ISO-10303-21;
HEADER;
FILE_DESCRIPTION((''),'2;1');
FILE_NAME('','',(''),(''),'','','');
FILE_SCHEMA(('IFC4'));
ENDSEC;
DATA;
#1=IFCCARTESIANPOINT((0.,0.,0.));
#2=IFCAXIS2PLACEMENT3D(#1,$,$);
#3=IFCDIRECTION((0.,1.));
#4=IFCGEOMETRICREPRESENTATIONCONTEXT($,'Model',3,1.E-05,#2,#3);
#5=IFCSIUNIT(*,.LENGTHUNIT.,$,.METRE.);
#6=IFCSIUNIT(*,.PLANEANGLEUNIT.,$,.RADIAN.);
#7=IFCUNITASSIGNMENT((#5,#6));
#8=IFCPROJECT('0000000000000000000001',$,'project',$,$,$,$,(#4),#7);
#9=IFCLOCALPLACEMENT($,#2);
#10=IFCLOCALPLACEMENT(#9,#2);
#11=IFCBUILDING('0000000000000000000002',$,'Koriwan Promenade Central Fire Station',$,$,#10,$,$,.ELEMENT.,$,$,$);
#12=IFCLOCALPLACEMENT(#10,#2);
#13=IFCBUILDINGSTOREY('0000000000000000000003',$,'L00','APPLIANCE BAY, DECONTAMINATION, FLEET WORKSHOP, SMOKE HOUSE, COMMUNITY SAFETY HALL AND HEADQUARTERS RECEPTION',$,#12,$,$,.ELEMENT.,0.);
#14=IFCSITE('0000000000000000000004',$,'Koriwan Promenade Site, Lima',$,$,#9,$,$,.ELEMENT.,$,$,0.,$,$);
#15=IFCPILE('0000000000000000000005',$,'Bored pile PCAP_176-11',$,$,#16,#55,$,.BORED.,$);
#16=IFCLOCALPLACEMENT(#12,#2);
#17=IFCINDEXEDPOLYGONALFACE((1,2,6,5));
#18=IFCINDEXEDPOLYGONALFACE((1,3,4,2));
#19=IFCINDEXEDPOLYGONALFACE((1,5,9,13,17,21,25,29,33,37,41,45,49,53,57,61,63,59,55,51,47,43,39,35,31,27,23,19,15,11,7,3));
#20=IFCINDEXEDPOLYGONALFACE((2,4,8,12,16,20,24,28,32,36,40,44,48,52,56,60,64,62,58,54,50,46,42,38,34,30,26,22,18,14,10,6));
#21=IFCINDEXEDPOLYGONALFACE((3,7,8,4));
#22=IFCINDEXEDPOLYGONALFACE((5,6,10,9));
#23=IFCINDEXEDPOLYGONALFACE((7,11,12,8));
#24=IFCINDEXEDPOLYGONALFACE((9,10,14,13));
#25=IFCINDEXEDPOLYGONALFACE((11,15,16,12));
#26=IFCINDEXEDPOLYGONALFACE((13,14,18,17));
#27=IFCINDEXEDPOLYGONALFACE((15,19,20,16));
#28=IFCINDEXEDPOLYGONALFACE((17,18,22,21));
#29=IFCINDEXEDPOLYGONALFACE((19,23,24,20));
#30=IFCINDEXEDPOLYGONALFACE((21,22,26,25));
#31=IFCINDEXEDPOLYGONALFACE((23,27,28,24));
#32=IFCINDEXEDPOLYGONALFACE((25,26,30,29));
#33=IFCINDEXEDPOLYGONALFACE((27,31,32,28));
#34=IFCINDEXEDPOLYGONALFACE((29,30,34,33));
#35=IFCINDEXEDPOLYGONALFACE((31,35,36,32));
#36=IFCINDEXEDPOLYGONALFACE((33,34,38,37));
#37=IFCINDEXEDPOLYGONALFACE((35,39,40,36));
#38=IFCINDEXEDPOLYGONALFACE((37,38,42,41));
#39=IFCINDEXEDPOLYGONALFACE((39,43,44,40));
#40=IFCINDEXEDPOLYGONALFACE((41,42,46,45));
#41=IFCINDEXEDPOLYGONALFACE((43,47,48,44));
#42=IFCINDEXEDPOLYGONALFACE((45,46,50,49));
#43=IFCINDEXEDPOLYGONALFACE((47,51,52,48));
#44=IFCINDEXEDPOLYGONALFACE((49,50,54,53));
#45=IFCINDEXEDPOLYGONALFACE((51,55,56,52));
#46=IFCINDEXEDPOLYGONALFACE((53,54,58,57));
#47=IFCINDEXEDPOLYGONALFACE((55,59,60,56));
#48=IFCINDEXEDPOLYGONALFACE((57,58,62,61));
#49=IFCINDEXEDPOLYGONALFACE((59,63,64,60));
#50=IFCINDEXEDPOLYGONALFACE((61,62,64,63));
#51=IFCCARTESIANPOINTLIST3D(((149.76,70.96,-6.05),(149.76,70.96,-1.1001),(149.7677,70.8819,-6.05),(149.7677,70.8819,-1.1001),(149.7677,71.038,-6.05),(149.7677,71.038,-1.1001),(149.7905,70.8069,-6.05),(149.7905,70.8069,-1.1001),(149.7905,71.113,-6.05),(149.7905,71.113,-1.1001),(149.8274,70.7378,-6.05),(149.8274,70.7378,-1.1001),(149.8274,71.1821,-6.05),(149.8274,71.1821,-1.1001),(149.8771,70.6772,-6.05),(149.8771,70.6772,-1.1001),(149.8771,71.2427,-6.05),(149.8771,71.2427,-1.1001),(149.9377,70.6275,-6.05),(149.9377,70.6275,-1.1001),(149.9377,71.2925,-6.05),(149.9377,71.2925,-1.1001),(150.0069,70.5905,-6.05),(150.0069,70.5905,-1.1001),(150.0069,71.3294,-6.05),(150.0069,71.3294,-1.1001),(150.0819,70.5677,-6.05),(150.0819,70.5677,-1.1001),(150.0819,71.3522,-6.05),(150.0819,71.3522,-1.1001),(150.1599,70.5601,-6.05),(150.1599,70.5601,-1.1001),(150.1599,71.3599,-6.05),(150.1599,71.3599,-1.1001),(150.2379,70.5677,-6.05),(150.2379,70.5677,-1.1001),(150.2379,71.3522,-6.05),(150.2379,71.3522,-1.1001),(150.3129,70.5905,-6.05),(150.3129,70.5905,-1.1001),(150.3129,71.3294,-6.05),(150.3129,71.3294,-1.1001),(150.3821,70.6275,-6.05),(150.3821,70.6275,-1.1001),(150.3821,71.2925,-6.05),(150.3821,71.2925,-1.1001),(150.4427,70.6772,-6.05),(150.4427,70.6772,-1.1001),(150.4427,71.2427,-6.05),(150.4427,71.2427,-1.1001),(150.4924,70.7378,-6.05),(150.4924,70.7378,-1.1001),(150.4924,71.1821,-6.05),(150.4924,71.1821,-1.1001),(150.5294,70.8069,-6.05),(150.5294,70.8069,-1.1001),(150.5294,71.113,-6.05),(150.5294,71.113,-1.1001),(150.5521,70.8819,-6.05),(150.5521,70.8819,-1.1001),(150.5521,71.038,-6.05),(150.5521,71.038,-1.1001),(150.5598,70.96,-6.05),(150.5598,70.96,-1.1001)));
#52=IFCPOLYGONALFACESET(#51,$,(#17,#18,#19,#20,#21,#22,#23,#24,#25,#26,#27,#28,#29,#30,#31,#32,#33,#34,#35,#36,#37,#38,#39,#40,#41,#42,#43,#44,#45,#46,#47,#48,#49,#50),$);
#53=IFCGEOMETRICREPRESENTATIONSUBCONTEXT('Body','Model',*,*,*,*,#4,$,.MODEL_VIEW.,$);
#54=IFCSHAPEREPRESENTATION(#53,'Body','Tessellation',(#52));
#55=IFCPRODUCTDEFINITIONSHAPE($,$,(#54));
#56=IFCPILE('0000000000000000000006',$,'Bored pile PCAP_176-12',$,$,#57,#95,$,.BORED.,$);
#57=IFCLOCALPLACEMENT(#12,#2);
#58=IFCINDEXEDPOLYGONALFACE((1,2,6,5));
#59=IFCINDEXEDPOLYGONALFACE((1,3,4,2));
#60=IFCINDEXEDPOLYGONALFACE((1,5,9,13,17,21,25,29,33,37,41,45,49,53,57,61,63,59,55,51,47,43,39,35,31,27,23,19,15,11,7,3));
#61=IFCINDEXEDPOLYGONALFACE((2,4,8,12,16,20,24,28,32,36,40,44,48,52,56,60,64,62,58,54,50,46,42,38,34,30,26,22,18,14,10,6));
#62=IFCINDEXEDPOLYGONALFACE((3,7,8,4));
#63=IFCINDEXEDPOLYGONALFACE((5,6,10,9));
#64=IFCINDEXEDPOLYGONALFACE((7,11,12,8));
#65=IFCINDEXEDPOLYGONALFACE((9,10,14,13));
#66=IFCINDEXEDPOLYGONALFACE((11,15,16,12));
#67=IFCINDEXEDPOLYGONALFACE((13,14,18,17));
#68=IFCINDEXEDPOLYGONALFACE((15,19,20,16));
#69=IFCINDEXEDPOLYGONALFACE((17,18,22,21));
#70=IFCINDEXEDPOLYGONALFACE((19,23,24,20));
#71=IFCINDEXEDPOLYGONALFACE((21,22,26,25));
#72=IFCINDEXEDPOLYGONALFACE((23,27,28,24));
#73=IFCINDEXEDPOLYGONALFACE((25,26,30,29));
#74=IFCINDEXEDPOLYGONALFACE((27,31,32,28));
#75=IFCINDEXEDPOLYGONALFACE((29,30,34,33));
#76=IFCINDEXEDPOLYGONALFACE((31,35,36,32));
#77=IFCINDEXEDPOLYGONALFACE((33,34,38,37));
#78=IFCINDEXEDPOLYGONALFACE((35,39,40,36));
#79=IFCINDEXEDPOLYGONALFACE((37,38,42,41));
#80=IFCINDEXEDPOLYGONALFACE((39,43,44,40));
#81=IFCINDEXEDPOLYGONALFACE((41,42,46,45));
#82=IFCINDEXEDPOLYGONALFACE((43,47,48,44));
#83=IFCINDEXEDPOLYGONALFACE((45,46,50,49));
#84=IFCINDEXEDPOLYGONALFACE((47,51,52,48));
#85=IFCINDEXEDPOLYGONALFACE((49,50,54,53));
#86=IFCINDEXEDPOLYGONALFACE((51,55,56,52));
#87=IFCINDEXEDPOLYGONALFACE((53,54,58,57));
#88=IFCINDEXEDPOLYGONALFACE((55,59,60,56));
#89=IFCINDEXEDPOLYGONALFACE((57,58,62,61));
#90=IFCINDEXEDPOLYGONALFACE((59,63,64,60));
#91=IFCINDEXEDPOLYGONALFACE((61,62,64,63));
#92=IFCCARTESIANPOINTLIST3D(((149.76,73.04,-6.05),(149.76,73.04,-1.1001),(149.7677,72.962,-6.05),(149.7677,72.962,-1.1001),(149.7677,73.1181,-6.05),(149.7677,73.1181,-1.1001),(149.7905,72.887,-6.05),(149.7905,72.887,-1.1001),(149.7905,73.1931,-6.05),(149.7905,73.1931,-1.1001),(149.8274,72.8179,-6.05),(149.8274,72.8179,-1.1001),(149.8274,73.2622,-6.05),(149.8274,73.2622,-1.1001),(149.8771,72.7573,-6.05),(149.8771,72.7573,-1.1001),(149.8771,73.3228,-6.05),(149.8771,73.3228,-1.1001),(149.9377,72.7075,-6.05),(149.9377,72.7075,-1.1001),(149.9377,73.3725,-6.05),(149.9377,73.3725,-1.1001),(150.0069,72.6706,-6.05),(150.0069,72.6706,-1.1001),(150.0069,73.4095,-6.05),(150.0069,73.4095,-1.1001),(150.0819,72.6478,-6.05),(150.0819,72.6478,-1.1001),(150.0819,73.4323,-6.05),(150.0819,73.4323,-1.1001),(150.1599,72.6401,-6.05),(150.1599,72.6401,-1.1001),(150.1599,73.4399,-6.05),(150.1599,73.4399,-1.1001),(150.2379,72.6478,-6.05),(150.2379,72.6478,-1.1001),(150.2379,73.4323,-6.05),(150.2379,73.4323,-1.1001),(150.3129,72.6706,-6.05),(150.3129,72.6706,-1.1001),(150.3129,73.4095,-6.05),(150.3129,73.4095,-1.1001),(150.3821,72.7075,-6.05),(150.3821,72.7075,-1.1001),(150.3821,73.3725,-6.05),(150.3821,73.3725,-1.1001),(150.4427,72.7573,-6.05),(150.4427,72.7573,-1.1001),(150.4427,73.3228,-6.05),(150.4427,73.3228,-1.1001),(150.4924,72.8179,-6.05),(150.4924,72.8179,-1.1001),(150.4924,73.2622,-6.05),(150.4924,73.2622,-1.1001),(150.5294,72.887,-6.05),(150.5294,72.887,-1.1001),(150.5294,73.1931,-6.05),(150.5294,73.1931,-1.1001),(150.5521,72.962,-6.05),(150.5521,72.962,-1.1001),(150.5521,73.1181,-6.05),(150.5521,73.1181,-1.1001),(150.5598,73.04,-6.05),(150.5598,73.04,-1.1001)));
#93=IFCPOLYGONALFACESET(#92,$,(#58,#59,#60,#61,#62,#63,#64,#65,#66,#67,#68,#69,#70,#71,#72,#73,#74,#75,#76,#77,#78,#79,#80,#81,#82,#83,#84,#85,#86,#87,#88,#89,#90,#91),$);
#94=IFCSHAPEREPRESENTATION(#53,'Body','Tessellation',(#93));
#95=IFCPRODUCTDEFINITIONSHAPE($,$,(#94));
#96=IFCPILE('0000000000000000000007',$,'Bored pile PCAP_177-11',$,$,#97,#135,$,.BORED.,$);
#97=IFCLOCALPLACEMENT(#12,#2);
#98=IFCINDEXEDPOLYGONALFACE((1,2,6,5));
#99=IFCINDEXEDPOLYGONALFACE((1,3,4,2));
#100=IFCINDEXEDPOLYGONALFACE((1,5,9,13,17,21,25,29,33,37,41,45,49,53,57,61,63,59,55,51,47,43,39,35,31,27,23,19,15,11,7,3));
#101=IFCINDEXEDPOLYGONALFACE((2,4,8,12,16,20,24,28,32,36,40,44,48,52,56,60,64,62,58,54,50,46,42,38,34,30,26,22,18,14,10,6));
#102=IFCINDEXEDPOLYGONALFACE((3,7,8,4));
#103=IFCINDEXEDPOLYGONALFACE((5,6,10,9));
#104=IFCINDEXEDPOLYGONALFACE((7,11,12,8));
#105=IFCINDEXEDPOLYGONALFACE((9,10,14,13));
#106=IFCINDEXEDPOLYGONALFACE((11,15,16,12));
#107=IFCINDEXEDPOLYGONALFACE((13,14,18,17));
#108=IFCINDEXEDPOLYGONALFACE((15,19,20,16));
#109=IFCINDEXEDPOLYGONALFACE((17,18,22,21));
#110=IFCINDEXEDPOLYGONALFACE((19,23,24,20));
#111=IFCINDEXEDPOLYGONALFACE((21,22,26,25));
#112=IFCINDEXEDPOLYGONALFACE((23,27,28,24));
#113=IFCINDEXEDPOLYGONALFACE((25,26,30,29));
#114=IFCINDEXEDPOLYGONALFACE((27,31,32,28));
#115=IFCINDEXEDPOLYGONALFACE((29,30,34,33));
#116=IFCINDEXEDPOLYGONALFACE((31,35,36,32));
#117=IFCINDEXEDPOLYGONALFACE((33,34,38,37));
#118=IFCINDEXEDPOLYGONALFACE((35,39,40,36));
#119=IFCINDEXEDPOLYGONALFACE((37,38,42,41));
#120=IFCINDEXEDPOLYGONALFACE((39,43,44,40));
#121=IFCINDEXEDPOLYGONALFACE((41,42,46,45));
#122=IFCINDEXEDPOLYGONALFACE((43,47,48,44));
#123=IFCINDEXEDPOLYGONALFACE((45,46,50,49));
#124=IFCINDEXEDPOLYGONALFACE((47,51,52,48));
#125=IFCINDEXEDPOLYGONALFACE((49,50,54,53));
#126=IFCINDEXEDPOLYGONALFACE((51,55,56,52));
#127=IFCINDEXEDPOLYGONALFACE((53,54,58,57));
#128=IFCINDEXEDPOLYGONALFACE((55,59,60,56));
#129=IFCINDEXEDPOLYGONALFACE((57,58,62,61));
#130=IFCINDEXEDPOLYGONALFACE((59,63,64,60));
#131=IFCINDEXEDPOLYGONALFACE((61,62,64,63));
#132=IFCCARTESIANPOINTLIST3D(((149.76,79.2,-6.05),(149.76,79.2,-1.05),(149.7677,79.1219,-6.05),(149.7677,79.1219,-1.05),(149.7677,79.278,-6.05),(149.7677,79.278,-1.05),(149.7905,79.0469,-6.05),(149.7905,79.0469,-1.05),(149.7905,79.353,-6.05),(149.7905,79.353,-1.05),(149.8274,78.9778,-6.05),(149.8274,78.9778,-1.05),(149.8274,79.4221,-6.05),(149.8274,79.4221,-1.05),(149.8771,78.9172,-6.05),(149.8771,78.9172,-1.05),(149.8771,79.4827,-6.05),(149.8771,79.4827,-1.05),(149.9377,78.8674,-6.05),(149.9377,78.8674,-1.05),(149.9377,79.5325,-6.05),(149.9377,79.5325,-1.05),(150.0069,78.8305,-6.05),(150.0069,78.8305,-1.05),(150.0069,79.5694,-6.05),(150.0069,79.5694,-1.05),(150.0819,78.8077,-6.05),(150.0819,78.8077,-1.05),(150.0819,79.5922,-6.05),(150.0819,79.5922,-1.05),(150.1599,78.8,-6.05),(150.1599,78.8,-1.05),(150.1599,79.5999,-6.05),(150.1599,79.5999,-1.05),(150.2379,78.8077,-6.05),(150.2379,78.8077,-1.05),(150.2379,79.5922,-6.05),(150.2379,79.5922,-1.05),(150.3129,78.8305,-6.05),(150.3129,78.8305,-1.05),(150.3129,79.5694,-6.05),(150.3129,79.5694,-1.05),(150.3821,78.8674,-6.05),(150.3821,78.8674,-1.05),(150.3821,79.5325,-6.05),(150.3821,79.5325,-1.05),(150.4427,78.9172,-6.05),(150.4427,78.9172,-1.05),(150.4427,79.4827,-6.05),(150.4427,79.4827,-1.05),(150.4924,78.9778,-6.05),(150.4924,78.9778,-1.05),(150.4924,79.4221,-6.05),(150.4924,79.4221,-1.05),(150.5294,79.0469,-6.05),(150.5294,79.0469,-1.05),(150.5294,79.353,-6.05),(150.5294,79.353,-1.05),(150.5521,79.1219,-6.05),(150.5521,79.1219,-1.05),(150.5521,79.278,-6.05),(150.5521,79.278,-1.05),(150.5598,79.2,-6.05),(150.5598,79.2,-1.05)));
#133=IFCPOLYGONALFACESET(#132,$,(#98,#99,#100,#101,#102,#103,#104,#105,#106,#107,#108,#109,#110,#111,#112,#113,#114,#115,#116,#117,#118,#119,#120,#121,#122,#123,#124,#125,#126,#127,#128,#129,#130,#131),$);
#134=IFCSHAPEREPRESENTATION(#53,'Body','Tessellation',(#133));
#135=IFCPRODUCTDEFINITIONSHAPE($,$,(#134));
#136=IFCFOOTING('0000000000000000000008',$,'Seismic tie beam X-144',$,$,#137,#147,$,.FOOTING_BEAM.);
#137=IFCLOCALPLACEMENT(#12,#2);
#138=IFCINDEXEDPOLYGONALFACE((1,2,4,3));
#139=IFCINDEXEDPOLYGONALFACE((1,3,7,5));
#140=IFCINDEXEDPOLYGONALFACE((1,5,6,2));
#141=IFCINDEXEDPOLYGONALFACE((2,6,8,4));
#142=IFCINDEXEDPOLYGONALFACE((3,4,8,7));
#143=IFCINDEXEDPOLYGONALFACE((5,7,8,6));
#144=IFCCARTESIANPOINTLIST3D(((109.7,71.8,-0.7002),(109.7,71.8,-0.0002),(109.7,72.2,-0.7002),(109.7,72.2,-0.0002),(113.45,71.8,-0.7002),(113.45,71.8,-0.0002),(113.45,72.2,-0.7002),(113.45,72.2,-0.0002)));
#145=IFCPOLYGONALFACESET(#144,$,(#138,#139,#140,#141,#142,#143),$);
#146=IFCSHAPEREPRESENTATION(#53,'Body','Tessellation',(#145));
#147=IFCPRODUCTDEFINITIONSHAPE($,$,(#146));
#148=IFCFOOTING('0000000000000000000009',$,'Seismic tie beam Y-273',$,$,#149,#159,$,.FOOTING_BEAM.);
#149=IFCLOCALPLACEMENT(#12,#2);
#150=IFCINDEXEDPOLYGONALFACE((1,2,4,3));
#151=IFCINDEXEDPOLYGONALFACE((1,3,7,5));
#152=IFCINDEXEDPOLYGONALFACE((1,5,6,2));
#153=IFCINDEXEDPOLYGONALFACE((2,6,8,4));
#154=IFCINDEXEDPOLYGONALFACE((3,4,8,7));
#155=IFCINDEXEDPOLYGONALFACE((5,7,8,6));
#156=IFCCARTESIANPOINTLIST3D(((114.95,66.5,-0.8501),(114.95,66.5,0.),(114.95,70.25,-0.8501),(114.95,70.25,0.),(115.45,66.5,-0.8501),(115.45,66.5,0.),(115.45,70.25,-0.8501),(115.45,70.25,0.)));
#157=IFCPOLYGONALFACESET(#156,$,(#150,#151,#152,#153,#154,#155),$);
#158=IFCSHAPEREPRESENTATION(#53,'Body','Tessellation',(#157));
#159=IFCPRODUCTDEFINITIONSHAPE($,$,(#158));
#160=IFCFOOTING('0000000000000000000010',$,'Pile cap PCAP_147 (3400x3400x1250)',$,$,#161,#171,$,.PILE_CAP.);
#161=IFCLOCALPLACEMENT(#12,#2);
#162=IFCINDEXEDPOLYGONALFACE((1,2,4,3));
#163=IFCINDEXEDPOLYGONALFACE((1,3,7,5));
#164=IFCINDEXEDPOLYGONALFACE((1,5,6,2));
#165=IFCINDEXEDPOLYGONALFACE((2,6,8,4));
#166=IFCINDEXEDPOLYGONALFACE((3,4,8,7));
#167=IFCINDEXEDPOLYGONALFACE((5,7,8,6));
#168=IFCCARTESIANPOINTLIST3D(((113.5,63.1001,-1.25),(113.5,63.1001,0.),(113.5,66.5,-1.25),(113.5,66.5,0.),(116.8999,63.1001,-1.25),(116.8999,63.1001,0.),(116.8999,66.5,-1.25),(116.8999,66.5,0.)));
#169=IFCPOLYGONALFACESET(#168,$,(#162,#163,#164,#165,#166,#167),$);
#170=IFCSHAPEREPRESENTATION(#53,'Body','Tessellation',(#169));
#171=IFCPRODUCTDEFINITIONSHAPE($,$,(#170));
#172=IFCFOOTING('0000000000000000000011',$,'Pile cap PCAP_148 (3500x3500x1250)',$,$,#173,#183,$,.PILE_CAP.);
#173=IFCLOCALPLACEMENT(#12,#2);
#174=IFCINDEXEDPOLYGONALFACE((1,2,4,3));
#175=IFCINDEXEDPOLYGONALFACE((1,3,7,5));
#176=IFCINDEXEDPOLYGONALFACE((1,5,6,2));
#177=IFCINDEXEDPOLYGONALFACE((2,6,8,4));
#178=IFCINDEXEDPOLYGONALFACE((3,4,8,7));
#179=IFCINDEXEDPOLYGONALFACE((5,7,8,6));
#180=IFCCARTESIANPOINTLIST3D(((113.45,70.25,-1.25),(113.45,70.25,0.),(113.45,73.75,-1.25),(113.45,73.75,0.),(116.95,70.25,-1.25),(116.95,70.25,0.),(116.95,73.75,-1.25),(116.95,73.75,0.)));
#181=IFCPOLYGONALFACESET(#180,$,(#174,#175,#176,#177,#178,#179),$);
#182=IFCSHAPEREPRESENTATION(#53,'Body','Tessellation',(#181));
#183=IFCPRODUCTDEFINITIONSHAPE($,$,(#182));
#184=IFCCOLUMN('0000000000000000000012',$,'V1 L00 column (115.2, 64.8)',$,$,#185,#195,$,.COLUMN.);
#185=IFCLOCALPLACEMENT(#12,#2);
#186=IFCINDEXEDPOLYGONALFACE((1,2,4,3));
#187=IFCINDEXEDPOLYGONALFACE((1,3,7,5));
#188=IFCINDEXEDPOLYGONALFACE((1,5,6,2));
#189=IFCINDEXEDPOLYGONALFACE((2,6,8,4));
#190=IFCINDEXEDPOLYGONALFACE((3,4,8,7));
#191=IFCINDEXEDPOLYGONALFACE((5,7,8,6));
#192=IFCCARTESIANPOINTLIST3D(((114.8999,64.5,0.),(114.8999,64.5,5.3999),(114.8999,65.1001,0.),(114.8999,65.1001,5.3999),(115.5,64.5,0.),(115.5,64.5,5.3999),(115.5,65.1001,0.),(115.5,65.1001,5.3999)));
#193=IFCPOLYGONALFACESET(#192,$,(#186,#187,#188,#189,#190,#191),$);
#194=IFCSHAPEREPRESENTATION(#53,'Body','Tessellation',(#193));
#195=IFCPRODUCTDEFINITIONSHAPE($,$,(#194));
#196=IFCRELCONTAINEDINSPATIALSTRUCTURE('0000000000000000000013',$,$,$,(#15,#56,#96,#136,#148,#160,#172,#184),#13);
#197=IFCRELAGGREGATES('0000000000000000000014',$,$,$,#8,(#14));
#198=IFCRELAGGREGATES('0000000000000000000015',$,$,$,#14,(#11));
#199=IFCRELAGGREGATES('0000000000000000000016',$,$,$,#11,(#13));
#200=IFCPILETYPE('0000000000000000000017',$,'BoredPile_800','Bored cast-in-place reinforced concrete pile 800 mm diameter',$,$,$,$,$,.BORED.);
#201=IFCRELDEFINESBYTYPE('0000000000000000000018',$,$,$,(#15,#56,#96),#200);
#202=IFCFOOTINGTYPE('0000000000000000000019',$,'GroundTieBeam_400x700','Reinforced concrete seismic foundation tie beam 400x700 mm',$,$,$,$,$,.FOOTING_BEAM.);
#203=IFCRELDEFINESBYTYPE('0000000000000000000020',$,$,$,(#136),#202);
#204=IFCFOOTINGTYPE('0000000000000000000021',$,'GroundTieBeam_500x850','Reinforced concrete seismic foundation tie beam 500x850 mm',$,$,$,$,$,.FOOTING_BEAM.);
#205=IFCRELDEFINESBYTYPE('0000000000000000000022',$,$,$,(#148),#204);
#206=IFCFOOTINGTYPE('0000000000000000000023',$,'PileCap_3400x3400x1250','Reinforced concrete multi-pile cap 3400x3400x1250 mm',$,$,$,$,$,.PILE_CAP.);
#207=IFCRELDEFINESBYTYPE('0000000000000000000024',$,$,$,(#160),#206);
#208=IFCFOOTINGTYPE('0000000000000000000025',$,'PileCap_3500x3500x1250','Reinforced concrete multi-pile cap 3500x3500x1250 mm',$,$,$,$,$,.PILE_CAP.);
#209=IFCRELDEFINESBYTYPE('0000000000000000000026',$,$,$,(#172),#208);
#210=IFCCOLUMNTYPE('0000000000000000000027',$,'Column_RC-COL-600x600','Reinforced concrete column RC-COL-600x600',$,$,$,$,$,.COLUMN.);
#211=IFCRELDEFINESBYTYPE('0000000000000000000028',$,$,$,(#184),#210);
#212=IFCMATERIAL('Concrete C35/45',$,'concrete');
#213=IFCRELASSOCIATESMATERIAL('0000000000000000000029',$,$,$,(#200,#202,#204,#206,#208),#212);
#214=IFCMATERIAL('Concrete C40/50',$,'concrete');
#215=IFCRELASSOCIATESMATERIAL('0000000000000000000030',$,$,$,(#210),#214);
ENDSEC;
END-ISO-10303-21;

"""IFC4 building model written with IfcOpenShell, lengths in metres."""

from ifc_helpers import new_model, si_unit, direction, frame, origin, origin_2d, place, context, subcontext, project, spatial, rectangle, circle, extrude, material, material_profile, profile_set, type_object, element, save


model = new_model("IFC4")

# Units and contexts
model_context = context("Model", 3, precision=1e-05, world=origin(), true_north=direction((0.0, 1.0)))
body_context = subcontext(model_context, "Body", "Model", "MODEL_VIEW")
ifc_project = project(units=[si_unit("LENGTHUNIT", "METRE"), si_unit("PLANEANGLEUNIT", "RADIAN")], contexts=[model_context])

# Site, building, storey
site_placement = place(None, origin())
site = spatial("IfcSite", under=ifc_project, at=site_placement, Name="Koriwan Promenade Site, Lima", CompositionType="ELEMENT", RefElevation=0.0)
building_placement = place(site_placement, origin())
building = spatial("IfcBuilding", under=site, at=building_placement, Name="Koriwan Promenade Central Fire Station", CompositionType="ELEMENT")
storey_placement = place(building_placement, origin())
storey = spatial("IfcBuildingStorey", under=building, at=storey_placement, Name="L00", Description="APPLIANCE BAY, DECONTAMINATION, FLEET WORKSHOP, SMOKE HOUSE, COMMUNITY SAFETY HALL AND HEADQUARTERS RECEPTION", CompositionType="ELEMENT", Elevation=0.0)

# Piles
ifc_material_1 = material(Name="Concrete C35/45", Category="concrete")
ifc_material_profile_1 = material_profile(ifc_material_1, circle(Radius=0.3999, at=origin_2d()), Name="PILE-D800")
ifc_profile_set_1 = profile_set([ifc_material_profile_1], Name="Concrete C35/45")
pile_type = type_object("IfcPileType", Name="BoredPile_800", Description="Bored cast-in-place reinforced concrete pile 800 mm diameter", PredefinedType="BORED", material=ifc_profile_set_1)
for number, where, z_axis, x_axis, name in (
    (1, (150.1599, 70.96, -1.1001), (0.0, 0.0, -1.0), (1.0, 0.0, 0.0), "Bored pile PCAP_176-11"),
    (2, (150.1599, 73.04, -1.1001), (0.0, 0.0, -1.0), (1.0, 0.0, 0.0), "Bored pile PCAP_176-12"),
):
    element("IfcPile", number, at=place(storey_placement, frame(where, z_axis=z_axis, x_axis=x_axis)), inside=storey, type_object=pile_type, Name=name, PredefinedType="BORED", context=body_context, shape_type="SweptSolid", body=[
        extrude(circle(Radius=0.3999, at=origin_2d()), origin(), (0.0, 0.0, 1.0), 4.95),
    ])
pile_placement = place(storey_placement, frame((150.1599, 79.2, -1.05), z_axis=(0.0, 0.0, -1.0), x_axis=(1.0, 0.0, 0.0)))
element("IfcPile", 3, at=pile_placement, inside=storey, type_object=pile_type, Name="Bored pile PCAP_177-11", PredefinedType="BORED", context=body_context, shape_type="SweptSolid", body=[
    extrude(circle(Radius=0.3999, at=origin_2d()), origin(), (0.0, 0.0, 1.0), 5.0),
])

# Footings
footing_type_1 = type_object("IfcFootingType", Name="GroundTieBeam_400x700", Description="Reinforced concrete seismic foundation tie beam 400x700 mm", PredefinedType="FOOTING_BEAM", material=ifc_material_1)
footing_1_placement = place(storey_placement, frame((111.575, 72.0, -0.7002), z_axis=(0.0, 0.0, 1.0), x_axis=(1.0, 0.0, 0.0)))
element("IfcFooting", 4, at=footing_1_placement, inside=storey, type_object=footing_type_1, Name="Seismic tie beam X-144", PredefinedType="FOOTING_BEAM", context=body_context, shape_type="SweptSolid", body=[
    extrude(rectangle(XDim=3.75, YDim=0.3999, at=origin_2d()), origin(), (0.0, 0.0, 1.0), 0.7),
])
footing_type_2 = type_object("IfcFootingType", Name="GroundTieBeam_500x850", Description="Reinforced concrete seismic foundation tie beam 500x850 mm", PredefinedType="FOOTING_BEAM", material=ifc_material_1)
footing_2_placement = place(storey_placement, frame((115.2, 68.375, -0.8501), z_axis=(0.0, 0.0, 1.0), x_axis=(0.0, 1.0, 0.0)))
element("IfcFooting", 5, at=footing_2_placement, inside=storey, type_object=footing_type_2, Name="Seismic tie beam Y-273", PredefinedType="FOOTING_BEAM", context=body_context, shape_type="SweptSolid", body=[
    extrude(rectangle(XDim=3.75, YDim=0.5, at=origin_2d()), origin(), (0.0, 0.0, 1.0), 0.8501),
])
footing_type_3 = type_object("IfcFootingType", Name="PileCap_3400x3400x1250", Description="Reinforced concrete multi-pile cap 3400x3400x1250 mm", PredefinedType="PILE_CAP", material=ifc_material_1)
footing_3_placement = place(storey_placement, frame((115.2, 64.8, -1.25), z_axis=(0.0, 0.0, 1.0), x_axis=(1.0, 0.0, 0.0)))
element("IfcFooting", 6, at=footing_3_placement, inside=storey, type_object=footing_type_3, Name="Pile cap PCAP_147 (3400x3400x1250)", PredefinedType="PILE_CAP", context=body_context, shape_type="SweptSolid", body=[
    extrude(rectangle(XDim=3.3999, YDim=3.3999, at=origin_2d()), origin(), (0.0, 0.0, 1.0), 1.25),
])
footing_type_4 = type_object("IfcFootingType", Name="PileCap_3500x3500x1250", Description="Reinforced concrete multi-pile cap 3500x3500x1250 mm", PredefinedType="PILE_CAP", material=ifc_material_1)
footing_4_placement = place(storey_placement, frame((115.2, 72.0, -1.25), z_axis=(0.0, 0.0, 1.0), x_axis=(1.0, 0.0, 0.0)))
element("IfcFooting", 7, at=footing_4_placement, inside=storey, type_object=footing_type_4, Name="Pile cap PCAP_148 (3500x3500x1250)", PredefinedType="PILE_CAP", context=body_context, shape_type="SweptSolid", body=[
    extrude(rectangle(XDim=3.5, YDim=3.5, at=origin_2d()), origin(), (0.0, 0.0, 1.0), 1.25),
])

# Column
ifc_material_2 = material(Name="Concrete C40/50", Category="concrete")
ifc_material_profile_2 = material_profile(ifc_material_2, rectangle(XDim=0.6001, YDim=0.6001, at=origin_2d()), Name="RC-COL-600x600")
ifc_profile_set_2 = profile_set([ifc_material_profile_2], Name="Concrete C40/50")
column_type_1 = type_object("IfcColumnType", Name="Column_RC-COL-600x600", Description="Reinforced concrete column RC-COL-600x600", PredefinedType="COLUMN", material=ifc_profile_set_2)
column_1_placement = place(storey_placement, frame((115.2, 64.8, 0.0), z_axis=(0.0, 0.0, 1.0), x_axis=(1.0, 0.0, 0.0)))
element("IfcColumn", 8, at=column_1_placement, inside=storey, type_object=column_type_1, Name="V1 L00 column (115.2, 64.8)", PredefinedType="COLUMN", context=body_context, shape_type="SweptSolid", body=[
    extrude(rectangle(XDim=0.6001, YDim=0.6001, at=origin_2d()), origin(), (0.0, 0.0, 1.0), 5.3999),
])

save(model, "model.ifc")
